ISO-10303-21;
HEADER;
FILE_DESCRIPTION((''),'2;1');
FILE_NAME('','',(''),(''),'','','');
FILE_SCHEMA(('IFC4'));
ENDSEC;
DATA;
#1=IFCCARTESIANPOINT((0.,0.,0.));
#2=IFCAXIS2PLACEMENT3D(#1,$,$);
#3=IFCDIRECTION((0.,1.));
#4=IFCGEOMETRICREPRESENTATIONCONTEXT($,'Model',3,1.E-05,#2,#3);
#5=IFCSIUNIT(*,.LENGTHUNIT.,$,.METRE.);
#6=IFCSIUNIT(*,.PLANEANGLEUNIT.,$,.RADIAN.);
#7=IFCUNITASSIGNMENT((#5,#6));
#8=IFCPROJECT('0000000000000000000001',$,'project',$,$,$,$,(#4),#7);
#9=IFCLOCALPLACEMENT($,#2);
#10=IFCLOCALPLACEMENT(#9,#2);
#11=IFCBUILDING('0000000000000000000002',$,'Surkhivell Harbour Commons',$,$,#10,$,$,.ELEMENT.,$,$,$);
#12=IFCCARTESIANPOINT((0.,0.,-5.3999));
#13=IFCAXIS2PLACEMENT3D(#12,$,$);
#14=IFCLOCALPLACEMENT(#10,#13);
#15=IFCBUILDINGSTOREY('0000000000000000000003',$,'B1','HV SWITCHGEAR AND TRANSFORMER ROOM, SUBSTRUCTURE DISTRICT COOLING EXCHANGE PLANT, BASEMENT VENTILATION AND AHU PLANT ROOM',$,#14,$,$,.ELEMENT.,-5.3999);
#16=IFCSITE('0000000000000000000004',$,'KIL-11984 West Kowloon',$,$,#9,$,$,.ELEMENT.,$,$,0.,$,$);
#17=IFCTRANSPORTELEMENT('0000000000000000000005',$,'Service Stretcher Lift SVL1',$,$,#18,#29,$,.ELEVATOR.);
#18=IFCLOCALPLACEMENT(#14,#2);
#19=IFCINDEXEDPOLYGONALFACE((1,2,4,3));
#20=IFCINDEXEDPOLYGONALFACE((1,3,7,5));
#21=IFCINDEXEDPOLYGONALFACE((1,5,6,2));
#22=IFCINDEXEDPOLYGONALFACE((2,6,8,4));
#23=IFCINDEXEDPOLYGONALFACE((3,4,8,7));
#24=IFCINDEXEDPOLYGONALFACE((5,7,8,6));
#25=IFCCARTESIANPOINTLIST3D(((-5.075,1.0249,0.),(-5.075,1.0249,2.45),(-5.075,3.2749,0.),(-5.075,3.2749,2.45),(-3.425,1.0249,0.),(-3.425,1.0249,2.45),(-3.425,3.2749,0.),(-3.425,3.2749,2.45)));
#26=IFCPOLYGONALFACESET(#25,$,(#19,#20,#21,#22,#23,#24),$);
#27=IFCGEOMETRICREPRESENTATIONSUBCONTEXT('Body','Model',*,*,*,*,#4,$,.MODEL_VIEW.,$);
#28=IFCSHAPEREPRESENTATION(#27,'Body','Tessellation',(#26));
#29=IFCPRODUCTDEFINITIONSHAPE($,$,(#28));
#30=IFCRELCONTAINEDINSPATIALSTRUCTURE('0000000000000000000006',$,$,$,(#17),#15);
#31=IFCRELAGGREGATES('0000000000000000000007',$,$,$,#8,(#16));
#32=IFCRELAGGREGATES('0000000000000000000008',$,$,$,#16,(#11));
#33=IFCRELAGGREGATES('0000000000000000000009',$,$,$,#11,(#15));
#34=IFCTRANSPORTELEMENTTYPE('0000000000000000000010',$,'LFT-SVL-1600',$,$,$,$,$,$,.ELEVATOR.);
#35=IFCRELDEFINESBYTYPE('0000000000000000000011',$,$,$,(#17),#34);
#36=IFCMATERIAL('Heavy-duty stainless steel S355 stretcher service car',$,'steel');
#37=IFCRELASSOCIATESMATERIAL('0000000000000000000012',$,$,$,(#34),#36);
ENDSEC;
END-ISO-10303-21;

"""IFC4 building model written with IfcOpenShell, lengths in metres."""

from ifc_helpers import new_model, si_unit, direction, frame, origin, origin_2d, place, context, subcontext, project, spatial, rectangle, extrude, material, type_object, element, save


model = new_model("IFC4")

# Units and contexts
model_context = context("Model", 3, precision=1e-05, world=origin(), true_north=direction((0.0, 1.0)))
body_context = subcontext(model_context, "Body", "Model", "MODEL_VIEW")
ifc_project = project(units=[si_unit("LENGTHUNIT", "METRE"), si_unit("PLANEANGLEUNIT", "RADIAN")], contexts=[model_context])

# Site, building, storey
site_placement = place(None, origin())
site = spatial("IfcSite", under=ifc_project, at=site_placement, Name="KIL-11984 West Kowloon", CompositionType="ELEMENT", RefElevation=0.0)
building_placement = place(site_placement, origin())
building = spatial("IfcBuilding", under=site, at=building_placement, Name="Surkhivell Harbour Commons", CompositionType="ELEMENT")
storey_placement = place(building_placement, frame((0.0, 0.0, -5.3999)))
storey = spatial("IfcBuildingStorey", under=building, at=storey_placement, Name="B1", Description="HV SWITCHGEAR AND TRANSFORMER ROOM, SUBSTRUCTURE DISTRICT COOLING EXCHANGE PLANT, BASEMENT VENTILATION AND AHU PLANT ROOM", CompositionType="ELEMENT", Elevation=-5.3999)

# Transport element
ifc_material_1 = material(Name="Heavy-duty stainless steel S355 stretcher service car", Category="steel")
transport_element_type_1 = type_object("IfcTransportElementType", Name="LFT-SVL-1600", PredefinedType="ELEVATOR", material=ifc_material_1)
transport_element_1_placement = place(storey_placement, frame((-4.25, 2.1499, 0.0), z_axis=(0.0, 0.0, 1.0), x_axis=(1.0, 0.0, 0.0)))
element("IfcTransportElement", 1, at=transport_element_1_placement, inside=storey, type_object=transport_element_type_1, Name="Service Stretcher Lift SVL1", PredefinedType="ELEVATOR", context=body_context, shape_type="SweptSolid", body=[
    extrude(rectangle(XDim=1.6499, YDim=2.25, at=origin_2d()), origin(), (0.0, 0.0, 1.0), 2.45),
])

save(model, "model.ifc")
